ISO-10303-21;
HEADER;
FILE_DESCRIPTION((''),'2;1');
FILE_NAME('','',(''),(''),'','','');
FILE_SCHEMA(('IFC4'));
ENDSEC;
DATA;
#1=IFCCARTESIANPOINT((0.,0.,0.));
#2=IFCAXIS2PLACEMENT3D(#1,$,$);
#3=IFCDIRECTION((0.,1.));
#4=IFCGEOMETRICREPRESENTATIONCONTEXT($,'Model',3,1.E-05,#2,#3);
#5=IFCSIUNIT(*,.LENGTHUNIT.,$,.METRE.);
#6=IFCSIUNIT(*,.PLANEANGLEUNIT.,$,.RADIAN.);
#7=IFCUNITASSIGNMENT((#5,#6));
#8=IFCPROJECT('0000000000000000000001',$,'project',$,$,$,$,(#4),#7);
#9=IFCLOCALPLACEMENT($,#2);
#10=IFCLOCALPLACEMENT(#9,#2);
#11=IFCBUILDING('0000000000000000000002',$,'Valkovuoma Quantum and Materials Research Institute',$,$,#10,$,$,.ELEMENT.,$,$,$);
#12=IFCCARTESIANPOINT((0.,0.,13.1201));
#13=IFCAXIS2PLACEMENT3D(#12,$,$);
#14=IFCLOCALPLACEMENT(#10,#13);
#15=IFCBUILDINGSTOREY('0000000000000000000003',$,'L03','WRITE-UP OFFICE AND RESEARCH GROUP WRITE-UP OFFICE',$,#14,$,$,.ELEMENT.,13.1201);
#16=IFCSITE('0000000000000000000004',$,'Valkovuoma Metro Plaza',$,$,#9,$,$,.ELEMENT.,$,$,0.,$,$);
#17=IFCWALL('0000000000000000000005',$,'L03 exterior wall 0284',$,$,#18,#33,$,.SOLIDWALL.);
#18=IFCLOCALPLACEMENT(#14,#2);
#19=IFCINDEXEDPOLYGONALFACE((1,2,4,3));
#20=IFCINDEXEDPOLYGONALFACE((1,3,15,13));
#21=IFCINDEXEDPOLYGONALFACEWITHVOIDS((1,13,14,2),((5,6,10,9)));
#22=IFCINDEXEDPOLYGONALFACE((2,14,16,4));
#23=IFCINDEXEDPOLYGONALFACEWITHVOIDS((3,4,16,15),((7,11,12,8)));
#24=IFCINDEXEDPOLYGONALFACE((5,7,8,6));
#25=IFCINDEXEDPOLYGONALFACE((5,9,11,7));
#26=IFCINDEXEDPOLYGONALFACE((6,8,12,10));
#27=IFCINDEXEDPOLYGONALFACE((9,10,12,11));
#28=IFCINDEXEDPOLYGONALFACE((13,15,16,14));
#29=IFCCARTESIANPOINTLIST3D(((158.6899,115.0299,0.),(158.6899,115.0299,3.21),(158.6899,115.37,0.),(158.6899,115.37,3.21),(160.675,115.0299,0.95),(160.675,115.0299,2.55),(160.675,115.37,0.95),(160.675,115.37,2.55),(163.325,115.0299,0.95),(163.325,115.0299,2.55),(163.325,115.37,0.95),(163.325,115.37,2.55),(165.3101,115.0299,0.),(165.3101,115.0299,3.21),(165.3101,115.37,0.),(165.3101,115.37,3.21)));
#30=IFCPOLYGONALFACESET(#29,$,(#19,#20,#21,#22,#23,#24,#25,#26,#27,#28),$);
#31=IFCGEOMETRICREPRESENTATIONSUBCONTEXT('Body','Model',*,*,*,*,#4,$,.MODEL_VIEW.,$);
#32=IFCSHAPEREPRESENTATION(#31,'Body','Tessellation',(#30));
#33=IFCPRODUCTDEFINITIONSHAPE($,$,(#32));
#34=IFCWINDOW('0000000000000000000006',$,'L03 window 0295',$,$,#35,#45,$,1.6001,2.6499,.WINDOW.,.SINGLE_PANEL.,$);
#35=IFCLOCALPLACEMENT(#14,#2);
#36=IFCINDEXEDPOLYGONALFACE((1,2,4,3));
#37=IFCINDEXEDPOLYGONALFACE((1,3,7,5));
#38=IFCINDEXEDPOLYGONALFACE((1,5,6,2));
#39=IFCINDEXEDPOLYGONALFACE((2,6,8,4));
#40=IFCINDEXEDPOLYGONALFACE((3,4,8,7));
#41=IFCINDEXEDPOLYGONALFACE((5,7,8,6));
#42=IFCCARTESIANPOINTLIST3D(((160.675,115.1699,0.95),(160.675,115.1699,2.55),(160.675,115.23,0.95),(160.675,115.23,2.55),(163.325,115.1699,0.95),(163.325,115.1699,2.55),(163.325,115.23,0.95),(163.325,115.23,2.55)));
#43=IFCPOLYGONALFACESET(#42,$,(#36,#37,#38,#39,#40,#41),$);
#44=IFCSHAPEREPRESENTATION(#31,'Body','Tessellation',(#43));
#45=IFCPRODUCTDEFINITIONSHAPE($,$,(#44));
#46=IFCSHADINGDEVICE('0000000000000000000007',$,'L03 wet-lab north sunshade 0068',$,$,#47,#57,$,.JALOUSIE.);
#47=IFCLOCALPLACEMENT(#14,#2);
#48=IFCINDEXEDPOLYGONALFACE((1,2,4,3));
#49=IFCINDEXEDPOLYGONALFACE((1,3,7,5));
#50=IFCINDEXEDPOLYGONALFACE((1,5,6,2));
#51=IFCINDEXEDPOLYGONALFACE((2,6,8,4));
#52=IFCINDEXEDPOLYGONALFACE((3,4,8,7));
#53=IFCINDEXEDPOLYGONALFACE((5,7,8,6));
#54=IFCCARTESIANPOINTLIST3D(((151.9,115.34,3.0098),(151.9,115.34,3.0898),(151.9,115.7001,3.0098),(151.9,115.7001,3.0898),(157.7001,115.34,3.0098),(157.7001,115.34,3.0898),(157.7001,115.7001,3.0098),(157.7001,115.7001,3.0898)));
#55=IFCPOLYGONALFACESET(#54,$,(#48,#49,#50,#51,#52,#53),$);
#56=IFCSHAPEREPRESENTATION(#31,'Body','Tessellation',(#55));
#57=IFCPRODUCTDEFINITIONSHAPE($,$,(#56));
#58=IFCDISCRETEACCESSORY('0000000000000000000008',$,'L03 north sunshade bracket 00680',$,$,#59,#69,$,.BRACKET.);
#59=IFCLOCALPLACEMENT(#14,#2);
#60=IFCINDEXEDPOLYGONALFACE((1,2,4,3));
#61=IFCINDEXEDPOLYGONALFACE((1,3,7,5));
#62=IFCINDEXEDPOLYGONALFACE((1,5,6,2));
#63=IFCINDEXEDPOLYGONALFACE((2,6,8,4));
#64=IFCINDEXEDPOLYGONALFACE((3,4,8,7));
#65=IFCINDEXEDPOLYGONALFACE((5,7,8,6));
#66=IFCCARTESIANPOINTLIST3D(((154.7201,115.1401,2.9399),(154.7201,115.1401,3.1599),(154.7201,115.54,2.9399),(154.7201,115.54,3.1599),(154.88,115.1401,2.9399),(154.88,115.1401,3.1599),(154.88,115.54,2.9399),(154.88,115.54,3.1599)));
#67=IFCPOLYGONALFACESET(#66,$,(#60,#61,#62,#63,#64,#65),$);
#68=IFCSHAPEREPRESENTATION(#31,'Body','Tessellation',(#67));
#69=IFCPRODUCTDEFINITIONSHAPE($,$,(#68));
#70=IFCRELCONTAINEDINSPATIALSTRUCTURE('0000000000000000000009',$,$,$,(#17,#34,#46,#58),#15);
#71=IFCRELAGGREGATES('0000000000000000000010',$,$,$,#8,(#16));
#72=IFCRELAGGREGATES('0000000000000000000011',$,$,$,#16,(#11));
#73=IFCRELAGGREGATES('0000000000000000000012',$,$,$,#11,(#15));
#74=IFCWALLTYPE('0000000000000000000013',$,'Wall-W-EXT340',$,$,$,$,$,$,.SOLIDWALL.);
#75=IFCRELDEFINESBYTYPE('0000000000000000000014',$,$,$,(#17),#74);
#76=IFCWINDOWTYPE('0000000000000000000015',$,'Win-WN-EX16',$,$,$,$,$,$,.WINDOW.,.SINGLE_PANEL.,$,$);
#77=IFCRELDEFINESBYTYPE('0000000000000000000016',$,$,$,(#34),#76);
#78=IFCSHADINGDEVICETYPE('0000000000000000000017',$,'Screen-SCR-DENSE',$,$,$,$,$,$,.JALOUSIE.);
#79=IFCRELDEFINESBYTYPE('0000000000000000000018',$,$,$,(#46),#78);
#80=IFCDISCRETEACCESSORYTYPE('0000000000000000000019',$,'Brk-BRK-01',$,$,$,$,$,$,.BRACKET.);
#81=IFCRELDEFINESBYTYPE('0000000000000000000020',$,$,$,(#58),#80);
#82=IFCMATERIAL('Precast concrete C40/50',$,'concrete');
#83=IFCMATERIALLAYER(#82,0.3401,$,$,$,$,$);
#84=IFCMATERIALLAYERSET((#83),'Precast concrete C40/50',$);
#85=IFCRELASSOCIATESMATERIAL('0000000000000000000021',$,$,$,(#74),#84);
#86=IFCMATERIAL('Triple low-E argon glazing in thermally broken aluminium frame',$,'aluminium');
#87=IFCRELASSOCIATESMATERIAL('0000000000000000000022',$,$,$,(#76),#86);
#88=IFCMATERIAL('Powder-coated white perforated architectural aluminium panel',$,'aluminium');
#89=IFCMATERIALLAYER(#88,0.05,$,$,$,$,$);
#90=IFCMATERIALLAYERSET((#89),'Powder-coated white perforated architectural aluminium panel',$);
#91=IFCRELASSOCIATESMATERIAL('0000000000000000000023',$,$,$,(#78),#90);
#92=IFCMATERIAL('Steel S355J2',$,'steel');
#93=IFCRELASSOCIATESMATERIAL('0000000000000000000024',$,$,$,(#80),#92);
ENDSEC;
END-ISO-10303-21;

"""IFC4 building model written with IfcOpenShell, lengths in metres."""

from ifc_helpers import new_model, si_unit, direction, frame, frame_2d, origin, origin_2d, place, context, subcontext, project, spatial, rectangle, extrude, material, layer, layer_set, type_object, element, fill, save


model = new_model("IFC4")

# Units and contexts
model_context = context("Model", 3, precision=1e-05, world=origin(), true_north=direction((0.0, 1.0)))
body_context = subcontext(model_context, "Body", "Model", "MODEL_VIEW")
ifc_project = project(units=[si_unit("LENGTHUNIT", "METRE"), si_unit("PLANEANGLEUNIT", "RADIAN")], contexts=[model_context])

# Site, building, storey
site_placement = place(None, origin())
site = spatial("IfcSite", under=ifc_project, at=site_placement, Name="Valkovuoma Metro Plaza", CompositionType="ELEMENT", RefElevation=0.0)
building_placement = place(site_placement, origin())
building = spatial("IfcBuilding", under=site, at=building_placement, Name="Valkovuoma Quantum and Materials Research Institute", CompositionType="ELEMENT")
storey_placement = place(building_placement, frame((0.0, 0.0, 13.1201)))
storey = spatial("IfcBuildingStorey", under=building, at=storey_placement, Name="L03", Description="WRITE-UP OFFICE AND RESEARCH GROUP WRITE-UP OFFICE", CompositionType="ELEMENT", Elevation=13.1201)

# Wall, opening, window
ifc_material_1 = material(Name="Precast concrete C40/50", Category="concrete")
ifc_layer_1 = layer(ifc_material_1, 0.3401)
ifc_layer_set_1 = layer_set([ifc_layer_1], Name="Precast concrete C40/50")
wall_type = type_object("IfcWallType", Name="Wall-W-EXT340", PredefinedType="SOLIDWALL", material=ifc_layer_set_1)
wall_1_placement = place(storey_placement, frame((158.6899, 115.2, 0.0), z_axis=(0.0, 0.0, 1.0), x_axis=(1.0, 0.0, 0.0)))
wall_1 = element("IfcWall", 1, at=wall_1_placement, inside=storey, type_object=wall_type, Name="L03 exterior wall 0284", PredefinedType="SOLIDWALL", context=body_context, shape_type="SweptSolid", body=[
    extrude(rectangle(XDim=6.6201, YDim=0.3401, at=frame_2d((3.3101, 0.0))), origin(), (0.0, 0.0, 1.0), 3.21),
])
opening_1_placement = place(wall_1_placement, frame((1.9851, 0.0, 0.95)))
opening_1 = element("IfcOpeningElement", 2, at=opening_1_placement, cuts=wall_1, PredefinedType="OPENING", context=body_context, shape_type="SweptSolid", body=[
    extrude(rectangle(XDim=2.6499, YDim=1.6001, at=frame_2d((1.325, 0.8))), frame((0.0, 0.1802, 0.0), z_axis=(0.0, -1.0, 0.0), x_axis=(1.0, 0.0, 0.0)), (0.0, 0.0, 1.0), 0.3601),
])
ifc_material_2 = material(Name="Triple low-E argon glazing in thermally broken aluminium frame", Category="aluminium")
window_type_1 = type_object("IfcWindowType", Name="Win-WN-EX16", PartitioningType="SINGLE_PANEL", PredefinedType="WINDOW", material=ifc_material_2)
window_1_placement = place(opening_1_placement, origin())
window_1 = element("IfcWindow", 3, at=window_1_placement, inside=storey, type_object=window_type_1, Name="L03 window 0295", OverallHeight=1.6001, OverallWidth=2.6499, PartitioningType="SINGLE_PANEL", PredefinedType="WINDOW", context=body_context, shape_type="SweptSolid", body=[
    extrude(rectangle(XDim=2.6499, YDim=1.6001, at=frame_2d((1.325, 0.8))), frame((0.0, 0.03, 0.0), z_axis=(0.0, -1.0, 0.0), x_axis=(1.0, 0.0, 0.0)), (0.0, 0.0, 1.0), 0.0601),
])
fill(opening_1, window_1)

# Shading device
ifc_material_3 = material(Name="Powder-coated white perforated architectural aluminium panel", Category="aluminium")
ifc_layer_2 = layer(ifc_material_3, 0.05)
ifc_layer_set_2 = layer_set([ifc_layer_2], Name="Powder-coated white perforated architectural aluminium panel")
shading_device_type = type_object("IfcShadingDeviceType", Name="Screen-SCR-DENSE", PredefinedType="JALOUSIE", material=ifc_layer_set_2)
shading_device_placement = place(storey_placement, frame((154.8, 115.52, 3.0098), z_axis=(0.0, 0.0, 1.0), x_axis=(1.0, 0.0, 0.0)))
element("IfcShadingDevice", 4, at=shading_device_placement, inside=storey, type_object=shading_device_type, Name="L03 wet-lab north sunshade 0068", PredefinedType="JALOUSIE", context=body_context, shape_type="SweptSolid", body=[
    extrude(rectangle(XDim=5.8, YDim=0.3601, at=origin_2d()), origin(), (0.0, 0.0, 1.0), 0.0801),
])

# Discrete accessory
ifc_material_4 = material(Name="Steel S355J2", Category="steel")
discrete_accessory_type = type_object("IfcDiscreteAccessoryType", Name="Brk-BRK-01", PredefinedType="BRACKET", material=ifc_material_4)
discrete_accessory_placement = place(storey_placement, frame((154.8, 115.3401, 2.9399), z_axis=(0.0, 0.0, 1.0), x_axis=(1.0, 0.0, 0.0)))
element("IfcDiscreteAccessory", 5, at=discrete_accessory_placement, inside=storey, type_object=discrete_accessory_type, Name="L03 north sunshade bracket 00680", PredefinedType="BRACKET", context=body_context, shape_type="SweptSolid", body=[
    extrude(rectangle(XDim=0.1599, YDim=0.3999, at=origin_2d()), origin(), (0.0, 0.0, 1.0), 0.22),
])

save(model, "model.ifc")
